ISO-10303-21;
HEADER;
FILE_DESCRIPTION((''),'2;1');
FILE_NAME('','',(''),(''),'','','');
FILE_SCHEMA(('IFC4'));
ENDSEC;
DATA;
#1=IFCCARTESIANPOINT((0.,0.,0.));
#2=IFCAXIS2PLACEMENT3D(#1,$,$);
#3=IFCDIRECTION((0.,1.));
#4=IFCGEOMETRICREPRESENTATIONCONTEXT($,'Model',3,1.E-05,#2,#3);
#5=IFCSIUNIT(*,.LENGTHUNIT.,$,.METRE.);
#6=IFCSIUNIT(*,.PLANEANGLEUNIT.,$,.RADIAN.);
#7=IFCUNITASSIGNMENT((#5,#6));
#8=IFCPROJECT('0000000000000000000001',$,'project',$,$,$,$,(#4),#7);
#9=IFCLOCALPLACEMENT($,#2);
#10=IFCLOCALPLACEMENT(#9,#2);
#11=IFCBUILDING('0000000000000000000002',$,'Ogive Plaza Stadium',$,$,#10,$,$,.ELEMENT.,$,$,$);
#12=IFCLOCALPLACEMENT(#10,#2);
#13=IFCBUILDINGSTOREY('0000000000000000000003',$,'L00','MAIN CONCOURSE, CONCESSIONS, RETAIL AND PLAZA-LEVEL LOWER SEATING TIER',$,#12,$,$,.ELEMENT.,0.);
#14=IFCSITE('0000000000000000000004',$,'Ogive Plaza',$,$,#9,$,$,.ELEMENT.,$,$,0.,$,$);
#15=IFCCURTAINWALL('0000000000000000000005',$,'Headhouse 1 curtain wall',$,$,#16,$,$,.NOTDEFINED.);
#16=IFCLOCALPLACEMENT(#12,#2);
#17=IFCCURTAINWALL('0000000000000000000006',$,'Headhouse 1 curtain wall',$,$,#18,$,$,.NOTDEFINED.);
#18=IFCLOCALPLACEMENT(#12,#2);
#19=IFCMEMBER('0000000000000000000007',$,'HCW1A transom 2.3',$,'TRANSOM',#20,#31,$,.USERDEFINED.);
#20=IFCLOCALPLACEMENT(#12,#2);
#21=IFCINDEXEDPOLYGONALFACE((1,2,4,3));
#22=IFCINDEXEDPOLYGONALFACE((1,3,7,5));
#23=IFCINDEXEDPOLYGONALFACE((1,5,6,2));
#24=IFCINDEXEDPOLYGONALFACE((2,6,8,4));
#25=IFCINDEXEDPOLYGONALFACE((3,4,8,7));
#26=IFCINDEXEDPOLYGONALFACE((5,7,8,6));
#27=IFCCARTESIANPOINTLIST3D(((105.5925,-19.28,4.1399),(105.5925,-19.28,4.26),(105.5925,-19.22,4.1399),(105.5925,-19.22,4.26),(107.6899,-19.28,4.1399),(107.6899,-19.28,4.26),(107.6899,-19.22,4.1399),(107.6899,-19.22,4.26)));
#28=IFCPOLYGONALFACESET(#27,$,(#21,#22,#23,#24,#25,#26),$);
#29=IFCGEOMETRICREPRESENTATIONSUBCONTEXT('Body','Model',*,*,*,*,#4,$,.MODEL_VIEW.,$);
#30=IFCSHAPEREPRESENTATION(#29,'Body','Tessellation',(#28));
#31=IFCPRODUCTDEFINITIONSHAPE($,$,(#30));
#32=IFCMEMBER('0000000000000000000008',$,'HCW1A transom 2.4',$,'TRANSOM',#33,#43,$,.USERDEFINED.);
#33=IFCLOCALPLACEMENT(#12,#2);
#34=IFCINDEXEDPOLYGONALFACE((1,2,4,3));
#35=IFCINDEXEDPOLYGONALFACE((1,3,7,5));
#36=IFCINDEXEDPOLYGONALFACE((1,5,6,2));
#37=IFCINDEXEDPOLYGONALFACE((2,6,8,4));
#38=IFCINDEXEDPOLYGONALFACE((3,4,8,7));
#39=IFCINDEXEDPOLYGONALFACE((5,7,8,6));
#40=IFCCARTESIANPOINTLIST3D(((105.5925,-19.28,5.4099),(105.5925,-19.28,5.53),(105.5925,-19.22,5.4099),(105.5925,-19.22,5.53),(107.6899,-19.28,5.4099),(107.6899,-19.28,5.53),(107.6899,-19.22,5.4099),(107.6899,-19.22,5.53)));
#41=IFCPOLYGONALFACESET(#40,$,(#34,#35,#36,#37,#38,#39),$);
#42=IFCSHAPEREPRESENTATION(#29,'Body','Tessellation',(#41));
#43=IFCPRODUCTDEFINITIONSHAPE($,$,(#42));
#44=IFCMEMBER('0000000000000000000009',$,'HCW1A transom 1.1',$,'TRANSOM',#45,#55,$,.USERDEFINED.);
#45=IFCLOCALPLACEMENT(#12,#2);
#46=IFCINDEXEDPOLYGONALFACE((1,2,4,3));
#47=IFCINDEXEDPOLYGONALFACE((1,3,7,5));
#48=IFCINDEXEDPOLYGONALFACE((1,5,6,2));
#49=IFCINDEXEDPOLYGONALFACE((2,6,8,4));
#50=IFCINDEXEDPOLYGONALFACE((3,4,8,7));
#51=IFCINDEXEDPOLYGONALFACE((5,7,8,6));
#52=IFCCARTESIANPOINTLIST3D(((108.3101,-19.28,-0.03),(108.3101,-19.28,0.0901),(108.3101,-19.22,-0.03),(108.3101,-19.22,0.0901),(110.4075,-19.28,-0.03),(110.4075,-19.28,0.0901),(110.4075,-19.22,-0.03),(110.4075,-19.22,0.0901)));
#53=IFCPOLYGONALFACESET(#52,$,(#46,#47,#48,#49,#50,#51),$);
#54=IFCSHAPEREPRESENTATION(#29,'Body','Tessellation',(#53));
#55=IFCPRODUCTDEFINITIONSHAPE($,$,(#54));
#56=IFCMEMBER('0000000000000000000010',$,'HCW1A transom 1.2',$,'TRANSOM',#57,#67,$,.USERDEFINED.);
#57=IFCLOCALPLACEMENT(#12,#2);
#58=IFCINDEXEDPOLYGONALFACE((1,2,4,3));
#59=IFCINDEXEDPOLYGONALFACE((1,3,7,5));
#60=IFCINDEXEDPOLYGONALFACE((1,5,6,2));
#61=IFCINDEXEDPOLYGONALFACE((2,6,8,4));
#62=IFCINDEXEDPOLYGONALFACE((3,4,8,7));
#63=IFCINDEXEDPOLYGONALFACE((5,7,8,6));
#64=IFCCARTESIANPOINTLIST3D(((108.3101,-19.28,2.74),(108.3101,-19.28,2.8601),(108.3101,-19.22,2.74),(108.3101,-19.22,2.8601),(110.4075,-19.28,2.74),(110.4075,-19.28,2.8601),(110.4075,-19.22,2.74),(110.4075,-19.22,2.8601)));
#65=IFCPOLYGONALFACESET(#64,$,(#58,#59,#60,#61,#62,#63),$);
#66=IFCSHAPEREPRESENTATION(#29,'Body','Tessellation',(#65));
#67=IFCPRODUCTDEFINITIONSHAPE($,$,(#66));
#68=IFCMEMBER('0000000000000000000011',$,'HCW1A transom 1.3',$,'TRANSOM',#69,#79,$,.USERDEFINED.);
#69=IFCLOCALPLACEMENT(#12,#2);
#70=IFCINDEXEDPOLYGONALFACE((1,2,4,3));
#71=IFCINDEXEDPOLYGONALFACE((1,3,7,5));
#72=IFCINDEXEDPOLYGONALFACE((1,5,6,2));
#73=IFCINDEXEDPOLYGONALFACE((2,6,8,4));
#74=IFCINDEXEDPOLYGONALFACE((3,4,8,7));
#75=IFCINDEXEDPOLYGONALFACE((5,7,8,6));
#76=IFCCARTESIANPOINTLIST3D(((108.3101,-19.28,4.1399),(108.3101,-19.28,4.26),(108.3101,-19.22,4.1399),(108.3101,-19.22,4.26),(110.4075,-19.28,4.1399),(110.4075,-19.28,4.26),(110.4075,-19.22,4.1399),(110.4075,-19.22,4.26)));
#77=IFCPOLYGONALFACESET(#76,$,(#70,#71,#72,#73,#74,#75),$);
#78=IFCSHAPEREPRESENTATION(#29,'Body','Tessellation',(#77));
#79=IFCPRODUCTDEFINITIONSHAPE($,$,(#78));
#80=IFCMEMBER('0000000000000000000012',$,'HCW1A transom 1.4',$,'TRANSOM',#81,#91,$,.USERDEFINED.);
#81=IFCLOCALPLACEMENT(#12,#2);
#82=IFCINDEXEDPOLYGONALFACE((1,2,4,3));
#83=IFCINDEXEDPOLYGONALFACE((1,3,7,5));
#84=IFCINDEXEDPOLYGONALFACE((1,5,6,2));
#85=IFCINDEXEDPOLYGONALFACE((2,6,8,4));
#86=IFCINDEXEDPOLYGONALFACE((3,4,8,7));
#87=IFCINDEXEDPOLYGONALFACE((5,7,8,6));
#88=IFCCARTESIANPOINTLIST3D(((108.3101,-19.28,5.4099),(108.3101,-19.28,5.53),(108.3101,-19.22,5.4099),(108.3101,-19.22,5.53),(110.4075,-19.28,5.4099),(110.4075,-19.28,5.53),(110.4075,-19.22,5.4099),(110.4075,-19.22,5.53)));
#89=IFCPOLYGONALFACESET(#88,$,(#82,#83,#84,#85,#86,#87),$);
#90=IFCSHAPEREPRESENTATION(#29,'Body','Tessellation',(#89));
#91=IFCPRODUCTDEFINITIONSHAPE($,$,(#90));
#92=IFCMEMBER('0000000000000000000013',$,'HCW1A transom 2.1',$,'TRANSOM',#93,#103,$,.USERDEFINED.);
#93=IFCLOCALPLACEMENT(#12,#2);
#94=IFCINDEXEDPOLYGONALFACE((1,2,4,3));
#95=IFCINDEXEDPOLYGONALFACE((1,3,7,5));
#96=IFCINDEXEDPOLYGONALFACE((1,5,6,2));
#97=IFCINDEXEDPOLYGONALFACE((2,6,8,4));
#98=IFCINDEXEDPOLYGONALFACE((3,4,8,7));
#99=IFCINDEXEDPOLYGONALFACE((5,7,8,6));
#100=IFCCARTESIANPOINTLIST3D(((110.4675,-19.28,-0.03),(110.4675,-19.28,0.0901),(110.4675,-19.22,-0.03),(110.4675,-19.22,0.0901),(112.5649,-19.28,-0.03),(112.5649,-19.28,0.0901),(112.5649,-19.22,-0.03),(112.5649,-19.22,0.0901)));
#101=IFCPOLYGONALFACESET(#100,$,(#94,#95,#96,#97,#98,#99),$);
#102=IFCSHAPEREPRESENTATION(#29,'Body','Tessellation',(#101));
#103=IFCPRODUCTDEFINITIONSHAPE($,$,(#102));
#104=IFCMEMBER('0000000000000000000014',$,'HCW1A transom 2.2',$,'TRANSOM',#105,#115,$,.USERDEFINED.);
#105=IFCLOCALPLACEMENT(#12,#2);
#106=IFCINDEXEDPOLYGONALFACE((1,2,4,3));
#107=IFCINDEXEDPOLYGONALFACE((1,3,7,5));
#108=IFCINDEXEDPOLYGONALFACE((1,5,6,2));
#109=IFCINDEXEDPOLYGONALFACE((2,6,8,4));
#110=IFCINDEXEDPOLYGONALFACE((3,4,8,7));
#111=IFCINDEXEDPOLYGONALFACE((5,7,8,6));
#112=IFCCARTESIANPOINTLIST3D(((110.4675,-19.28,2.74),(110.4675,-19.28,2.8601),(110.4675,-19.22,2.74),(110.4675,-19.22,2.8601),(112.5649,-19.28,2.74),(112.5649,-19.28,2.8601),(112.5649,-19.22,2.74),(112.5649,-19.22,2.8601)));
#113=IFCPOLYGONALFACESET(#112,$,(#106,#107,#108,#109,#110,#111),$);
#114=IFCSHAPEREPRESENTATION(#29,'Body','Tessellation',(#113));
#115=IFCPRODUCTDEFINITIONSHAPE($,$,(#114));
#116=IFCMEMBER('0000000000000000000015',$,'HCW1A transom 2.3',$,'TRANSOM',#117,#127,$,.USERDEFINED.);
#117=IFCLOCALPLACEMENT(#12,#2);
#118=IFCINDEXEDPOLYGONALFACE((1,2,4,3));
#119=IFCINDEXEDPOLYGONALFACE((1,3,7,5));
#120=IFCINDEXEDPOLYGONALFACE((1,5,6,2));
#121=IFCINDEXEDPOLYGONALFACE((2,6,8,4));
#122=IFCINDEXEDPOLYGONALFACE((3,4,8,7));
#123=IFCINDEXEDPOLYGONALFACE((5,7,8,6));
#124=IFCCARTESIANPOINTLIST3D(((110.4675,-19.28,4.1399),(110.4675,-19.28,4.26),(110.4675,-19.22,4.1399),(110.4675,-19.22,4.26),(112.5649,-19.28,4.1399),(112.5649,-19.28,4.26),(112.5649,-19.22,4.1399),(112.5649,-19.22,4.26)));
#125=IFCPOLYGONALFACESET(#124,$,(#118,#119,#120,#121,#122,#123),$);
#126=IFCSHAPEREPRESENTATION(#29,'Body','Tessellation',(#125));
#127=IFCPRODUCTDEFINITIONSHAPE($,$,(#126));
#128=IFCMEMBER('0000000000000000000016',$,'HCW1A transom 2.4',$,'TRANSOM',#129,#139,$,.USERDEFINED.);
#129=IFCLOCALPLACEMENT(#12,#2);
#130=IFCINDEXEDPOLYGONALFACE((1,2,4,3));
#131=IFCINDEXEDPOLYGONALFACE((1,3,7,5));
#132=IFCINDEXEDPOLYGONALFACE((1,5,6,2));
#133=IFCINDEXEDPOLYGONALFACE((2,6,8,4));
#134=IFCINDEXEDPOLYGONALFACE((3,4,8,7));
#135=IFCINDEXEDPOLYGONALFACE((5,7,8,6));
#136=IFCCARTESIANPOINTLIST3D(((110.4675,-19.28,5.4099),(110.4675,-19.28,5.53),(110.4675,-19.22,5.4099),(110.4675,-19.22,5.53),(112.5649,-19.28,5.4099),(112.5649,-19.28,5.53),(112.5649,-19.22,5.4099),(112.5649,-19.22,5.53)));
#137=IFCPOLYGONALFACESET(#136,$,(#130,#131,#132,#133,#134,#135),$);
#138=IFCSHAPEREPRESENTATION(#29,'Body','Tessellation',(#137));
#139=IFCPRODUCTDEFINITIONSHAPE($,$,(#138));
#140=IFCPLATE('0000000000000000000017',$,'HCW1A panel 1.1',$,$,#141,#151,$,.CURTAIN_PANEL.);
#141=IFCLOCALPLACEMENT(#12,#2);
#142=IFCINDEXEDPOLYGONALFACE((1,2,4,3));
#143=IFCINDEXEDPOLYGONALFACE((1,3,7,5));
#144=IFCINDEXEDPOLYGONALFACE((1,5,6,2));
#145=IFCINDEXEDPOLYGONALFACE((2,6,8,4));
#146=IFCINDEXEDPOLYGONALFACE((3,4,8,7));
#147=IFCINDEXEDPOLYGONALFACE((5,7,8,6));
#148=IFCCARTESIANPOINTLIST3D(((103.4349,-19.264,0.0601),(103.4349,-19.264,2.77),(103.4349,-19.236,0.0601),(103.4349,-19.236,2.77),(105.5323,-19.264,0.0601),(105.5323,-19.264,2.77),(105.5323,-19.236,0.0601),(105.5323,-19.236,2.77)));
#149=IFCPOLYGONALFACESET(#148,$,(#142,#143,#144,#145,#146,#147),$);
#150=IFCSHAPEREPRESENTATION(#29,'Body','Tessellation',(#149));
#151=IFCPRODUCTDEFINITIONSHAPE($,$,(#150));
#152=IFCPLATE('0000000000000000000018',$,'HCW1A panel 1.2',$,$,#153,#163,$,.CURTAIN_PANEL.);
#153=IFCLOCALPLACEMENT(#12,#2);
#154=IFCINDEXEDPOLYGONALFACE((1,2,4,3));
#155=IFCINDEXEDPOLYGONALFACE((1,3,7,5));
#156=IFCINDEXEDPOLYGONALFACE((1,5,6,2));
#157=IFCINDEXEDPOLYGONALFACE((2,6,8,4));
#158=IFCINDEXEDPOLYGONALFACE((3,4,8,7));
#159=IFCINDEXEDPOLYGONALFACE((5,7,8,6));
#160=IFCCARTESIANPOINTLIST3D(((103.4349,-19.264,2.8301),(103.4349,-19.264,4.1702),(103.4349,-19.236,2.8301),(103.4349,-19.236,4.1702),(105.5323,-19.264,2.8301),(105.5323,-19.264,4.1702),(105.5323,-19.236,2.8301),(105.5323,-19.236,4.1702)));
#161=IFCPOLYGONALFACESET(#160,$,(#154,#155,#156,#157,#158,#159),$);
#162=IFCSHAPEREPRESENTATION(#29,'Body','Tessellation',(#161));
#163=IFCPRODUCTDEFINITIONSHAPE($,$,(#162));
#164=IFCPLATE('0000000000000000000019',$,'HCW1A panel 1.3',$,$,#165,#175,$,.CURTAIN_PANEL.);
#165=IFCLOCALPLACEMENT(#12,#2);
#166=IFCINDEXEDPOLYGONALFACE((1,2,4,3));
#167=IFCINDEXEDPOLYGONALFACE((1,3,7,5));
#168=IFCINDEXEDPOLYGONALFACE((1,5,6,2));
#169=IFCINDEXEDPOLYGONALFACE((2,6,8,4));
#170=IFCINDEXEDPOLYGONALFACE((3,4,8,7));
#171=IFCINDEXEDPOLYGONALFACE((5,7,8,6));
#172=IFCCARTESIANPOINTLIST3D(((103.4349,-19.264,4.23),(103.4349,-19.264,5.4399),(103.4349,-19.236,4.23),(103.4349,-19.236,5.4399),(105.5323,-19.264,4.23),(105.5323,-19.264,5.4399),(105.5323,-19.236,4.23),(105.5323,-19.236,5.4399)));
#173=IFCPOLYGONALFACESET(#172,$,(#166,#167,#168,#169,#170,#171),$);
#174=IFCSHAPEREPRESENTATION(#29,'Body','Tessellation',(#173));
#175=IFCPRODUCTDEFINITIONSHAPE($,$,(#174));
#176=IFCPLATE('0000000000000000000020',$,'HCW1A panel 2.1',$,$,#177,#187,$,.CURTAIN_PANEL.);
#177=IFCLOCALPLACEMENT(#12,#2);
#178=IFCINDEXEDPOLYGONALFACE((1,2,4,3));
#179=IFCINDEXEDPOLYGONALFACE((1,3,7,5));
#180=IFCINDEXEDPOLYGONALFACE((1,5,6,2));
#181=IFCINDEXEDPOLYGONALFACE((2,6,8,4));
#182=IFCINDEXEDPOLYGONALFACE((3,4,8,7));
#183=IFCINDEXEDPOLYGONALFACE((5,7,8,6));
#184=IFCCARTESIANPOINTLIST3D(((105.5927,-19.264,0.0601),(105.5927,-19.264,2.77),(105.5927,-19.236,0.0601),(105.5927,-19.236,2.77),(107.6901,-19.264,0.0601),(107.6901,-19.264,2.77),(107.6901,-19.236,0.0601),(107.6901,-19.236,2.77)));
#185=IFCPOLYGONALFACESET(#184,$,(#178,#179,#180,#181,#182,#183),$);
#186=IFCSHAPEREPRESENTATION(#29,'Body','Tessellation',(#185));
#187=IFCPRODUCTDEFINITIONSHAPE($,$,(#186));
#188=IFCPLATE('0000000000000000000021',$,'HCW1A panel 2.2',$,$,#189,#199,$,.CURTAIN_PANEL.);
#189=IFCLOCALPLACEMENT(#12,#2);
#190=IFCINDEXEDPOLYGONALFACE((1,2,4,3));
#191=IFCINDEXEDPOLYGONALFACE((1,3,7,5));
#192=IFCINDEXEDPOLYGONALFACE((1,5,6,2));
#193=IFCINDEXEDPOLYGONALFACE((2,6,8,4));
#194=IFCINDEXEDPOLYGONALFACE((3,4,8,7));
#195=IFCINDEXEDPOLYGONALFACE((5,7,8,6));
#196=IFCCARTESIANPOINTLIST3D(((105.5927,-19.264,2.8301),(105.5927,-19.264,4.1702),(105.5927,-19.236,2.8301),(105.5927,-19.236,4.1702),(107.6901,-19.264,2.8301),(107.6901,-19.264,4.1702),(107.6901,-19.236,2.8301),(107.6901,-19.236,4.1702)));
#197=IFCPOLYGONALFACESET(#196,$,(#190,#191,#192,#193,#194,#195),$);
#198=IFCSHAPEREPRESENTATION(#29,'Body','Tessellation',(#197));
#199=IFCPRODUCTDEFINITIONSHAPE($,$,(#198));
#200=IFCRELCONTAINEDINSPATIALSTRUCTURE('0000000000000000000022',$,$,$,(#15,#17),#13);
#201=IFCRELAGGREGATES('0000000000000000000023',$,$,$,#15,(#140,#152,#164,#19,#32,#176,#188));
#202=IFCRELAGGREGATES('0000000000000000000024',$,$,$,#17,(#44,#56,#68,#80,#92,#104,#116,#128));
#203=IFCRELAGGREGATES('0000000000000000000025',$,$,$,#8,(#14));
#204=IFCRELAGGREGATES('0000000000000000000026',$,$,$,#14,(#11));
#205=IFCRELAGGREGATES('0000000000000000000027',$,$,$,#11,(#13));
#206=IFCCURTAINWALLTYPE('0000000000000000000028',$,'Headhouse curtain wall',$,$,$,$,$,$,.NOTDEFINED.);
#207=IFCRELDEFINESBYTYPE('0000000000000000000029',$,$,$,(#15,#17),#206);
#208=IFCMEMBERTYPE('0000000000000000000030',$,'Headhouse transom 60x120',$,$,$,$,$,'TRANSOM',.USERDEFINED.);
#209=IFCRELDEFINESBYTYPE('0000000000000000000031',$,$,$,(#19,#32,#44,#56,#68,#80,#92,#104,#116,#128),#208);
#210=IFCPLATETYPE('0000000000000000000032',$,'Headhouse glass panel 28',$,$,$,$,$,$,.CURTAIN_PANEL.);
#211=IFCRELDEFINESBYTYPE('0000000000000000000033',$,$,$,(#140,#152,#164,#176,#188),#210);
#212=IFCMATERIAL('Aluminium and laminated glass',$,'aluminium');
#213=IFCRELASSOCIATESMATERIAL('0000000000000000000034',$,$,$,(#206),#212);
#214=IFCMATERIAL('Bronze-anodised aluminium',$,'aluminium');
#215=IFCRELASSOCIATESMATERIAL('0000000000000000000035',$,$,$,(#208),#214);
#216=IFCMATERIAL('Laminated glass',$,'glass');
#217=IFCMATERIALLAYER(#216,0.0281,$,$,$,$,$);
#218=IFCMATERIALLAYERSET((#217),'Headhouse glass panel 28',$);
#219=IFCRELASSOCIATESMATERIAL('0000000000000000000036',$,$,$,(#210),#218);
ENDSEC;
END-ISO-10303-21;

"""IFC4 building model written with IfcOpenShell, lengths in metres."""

from ifc_helpers import new_model, si_unit, direction, frame, origin, origin_2d, place, context, subcontext, project, spatial, rectangle, extrude, material, layer, layer_set, material_profile, profile_set, type_object, element, aggregate, save


model = new_model("IFC4")

# Units and contexts
model_context = context("Model", 3, precision=1e-05, world=origin(), true_north=direction((0.0, 1.0)))
body_context = subcontext(model_context, "Body", "Model", "MODEL_VIEW")
ifc_project = project(units=[si_unit("LENGTHUNIT", "METRE"), si_unit("PLANEANGLEUNIT", "RADIAN")], contexts=[model_context])

# Site, building, storey
site_placement = place(None, origin())
site = spatial("IfcSite", under=ifc_project, at=site_placement, Name="Ogive Plaza", CompositionType="ELEMENT", RefElevation=0.0)
building_placement = place(site_placement, origin())
building = spatial("IfcBuilding", under=site, at=building_placement, Name="Ogive Plaza Stadium", CompositionType="ELEMENT")
storey_placement = place(building_placement, origin())
storey = spatial("IfcBuildingStorey", under=building, at=storey_placement, Name="L00", Description="MAIN CONCOURSE, CONCESSIONS, RETAIL AND PLAZA-LEVEL LOWER SEATING TIER", CompositionType="ELEMENT", Elevation=0.0)

# Curtain walls
ifc_material_1 = material(Name="Aluminium and laminated glass", Category="aluminium")
curtain_wall_type = type_object("IfcCurtainWallType", Name="Headhouse curtain wall", PredefinedType="NOTDEFINED", material=ifc_material_1)
curtain_wall_1_placement = place(storey_placement, origin())
curtain_wall_1 = element("IfcCurtainWall", 1, at=curtain_wall_1_placement, inside=storey, type_object=curtain_wall_type, Name="Headhouse 1 curtain wall", PredefinedType="NOTDEFINED")
curtain_wall_2_placement = place(storey_placement, origin())
curtain_wall_2 = element("IfcCurtainWall", 2, at=curtain_wall_2_placement, inside=storey, type_object=curtain_wall_type, Name="Headhouse 1 curtain wall", PredefinedType="NOTDEFINED")

# Members
ifc_material_2 = material(Name="Bronze-anodised aluminium", Category="aluminium")
ifc_material_profile_1 = material_profile(ifc_material_2, rectangle(XDim=0.0601, YDim=0.1201, at=origin_2d()), Name="Headhouse transom 60x120")
ifc_profile_set_1 = profile_set([ifc_material_profile_1], Name="Bronze-anodised aluminium")
member_type_1 = type_object("IfcMemberType", Name="Headhouse transom 60x120", ElementType="TRANSOM", PredefinedType="USERDEFINED", material=ifc_profile_set_1)
member_1_placement = place(storey_placement, frame((105.5925, -19.25, 4.2), z_axis=(1.0, 0.0, 0.0), x_axis=(0.0, 1.0, 0.0)))
member_1 = element("IfcMember", 3, at=member_1_placement, type_object=member_type_1, Name="HCW1A transom 2.3", ObjectType="TRANSOM", PredefinedType="USERDEFINED", context=body_context, shape_type="SweptSolid", body=[
    extrude(rectangle(XDim=0.0601, YDim=0.1201, at=origin_2d()), origin(), (0.0, 0.0, 1.0), 2.0974),
])
member_2_placement = place(storey_placement, frame((105.5925, -19.25, 5.47), z_axis=(1.0, 0.0, 0.0), x_axis=(0.0, 1.0, 0.0)))
member_2 = element("IfcMember", 4, at=member_2_placement, type_object=member_type_1, Name="HCW1A transom 2.4", ObjectType="TRANSOM", PredefinedType="USERDEFINED", context=body_context, shape_type="SweptSolid", body=[
    extrude(rectangle(XDim=0.0601, YDim=0.1201, at=origin_2d()), origin(), (0.0, 0.0, 1.0), 2.0974),
])
member_3_placement = place(storey_placement, frame((108.3101, -19.25, 0.03), z_axis=(1.0, 0.0, 0.0), x_axis=(0.0, 1.0, 0.0)))
member_3 = element("IfcMember", 5, at=member_3_placement, type_object=member_type_1, Name="HCW1A transom 1.1", ObjectType="TRANSOM", PredefinedType="USERDEFINED", context=body_context, shape_type="SweptSolid", body=[
    extrude(rectangle(XDim=0.0601, YDim=0.1201, at=origin_2d()), origin(), (0.0, 0.0, 1.0), 2.0974),
])
member_4_placement = place(storey_placement, frame((108.3101, -19.25, 2.8), z_axis=(1.0, 0.0, 0.0), x_axis=(0.0, 1.0, 0.0)))
member_4 = element("IfcMember", 6, at=member_4_placement, type_object=member_type_1, Name="HCW1A transom 1.2", ObjectType="TRANSOM", PredefinedType="USERDEFINED", context=body_context, shape_type="SweptSolid", body=[
    extrude(rectangle(XDim=0.0601, YDim=0.1201, at=origin_2d()), origin(), (0.0, 0.0, 1.0), 2.0974),
])
member_5_placement = place(storey_placement, frame((108.3101, -19.25, 4.2), z_axis=(1.0, 0.0, 0.0), x_axis=(0.0, 1.0, 0.0)))
member_5 = element("IfcMember", 7, at=member_5_placement, type_object=member_type_1, Name="HCW1A transom 1.3", ObjectType="TRANSOM", PredefinedType="USERDEFINED", context=body_context, shape_type="SweptSolid", body=[
    extrude(rectangle(XDim=0.0601, YDim=0.1201, at=origin_2d()), origin(), (0.0, 0.0, 1.0), 2.0974),
])
member_6_placement = place(storey_placement, frame((108.3101, -19.25, 5.47), z_axis=(1.0, 0.0, 0.0), x_axis=(0.0, 1.0, 0.0)))
member_6 = element("IfcMember", 8, at=member_6_placement, type_object=member_type_1, Name="HCW1A transom 1.4", ObjectType="TRANSOM", PredefinedType="USERDEFINED", context=body_context, shape_type="SweptSolid", body=[
    extrude(rectangle(XDim=0.0601, YDim=0.1201, at=origin_2d()), origin(), (0.0, 0.0, 1.0), 2.0974),
])
member_7_placement = place(storey_placement, frame((110.4675, -19.25, 0.03), z_axis=(1.0, 0.0, 0.0), x_axis=(0.0, 1.0, 0.0)))
member_7 = element("IfcMember", 9, at=member_7_placement, type_object=member_type_1, Name="HCW1A transom 2.1", ObjectType="TRANSOM", PredefinedType="USERDEFINED", context=body_context, shape_type="SweptSolid", body=[
    extrude(rectangle(XDim=0.0601, YDim=0.1201, at=origin_2d()), origin(), (0.0, 0.0, 1.0), 2.0974),
])
member_8_placement = place(storey_placement, frame((110.4675, -19.25, 2.8), z_axis=(1.0, 0.0, 0.0), x_axis=(0.0, 1.0, 0.0)))
member_8 = element("IfcMember", 10, at=member_8_placement, type_object=member_type_1, Name="HCW1A transom 2.2", ObjectType="TRANSOM", PredefinedType="USERDEFINED", context=body_context, shape_type="SweptSolid", body=[
    extrude(rectangle(XDim=0.0601, YDim=0.1201, at=origin_2d()), origin(), (0.0, 0.0, 1.0), 2.0974),
])
member_9_placement = place(storey_placement, frame((110.4675, -19.25, 4.2), z_axis=(1.0, 0.0, 0.0), x_axis=(0.0, 1.0, 0.0)))
member_9 = element("IfcMember", 11, at=member_9_placement, type_object=member_type_1, Name="HCW1A transom 2.3", ObjectType="TRANSOM", PredefinedType="USERDEFINED", context=body_context, shape_type="SweptSolid", body=[
    extrude(rectangle(XDim=0.0601, YDim=0.1201, at=origin_2d()), origin(), (0.0, 0.0, 1.0), 2.0974),
])
member_10_placement = place(storey_placement, frame((110.4675, -19.25, 5.47), z_axis=(1.0, 0.0, 0.0), x_axis=(0.0, 1.0, 0.0)))
member_10 = element("IfcMember", 12, at=member_10_placement, type_object=member_type_1, Name="HCW1A transom 2.4", ObjectType="TRANSOM", PredefinedType="USERDEFINED", context=body_context, shape_type="SweptSolid", body=[
    extrude(rectangle(XDim=0.0601, YDim=0.1201, at=origin_2d()), origin(), (0.0, 0.0, 1.0), 2.0974),
])

# Plates
ifc_material_3 = material(Name="Laminated glass", Category="glass")
ifc_layer = layer(ifc_material_3, 0.0281)
ifc_layer_set = layer_set([ifc_layer], Name="Headhouse glass panel 28")
plate_type = type_object("IfcPlateType", Name="Headhouse glass panel 28", PredefinedType="CURTAIN_PANEL", material=ifc_layer_set)
plate_1_placement = place(storey_placement, frame((104.4836, -19.25, 0.0601), z_axis=(0.0, 0.0, 1.0), x_axis=(1.0, 0.0, 0.0)))
plate_1 = element("IfcPlate", 13, at=plate_1_placement, type_object=plate_type, Name="HCW1A panel 1.1", PredefinedType="CURTAIN_PANEL", context=body_context, shape_type="SweptSolid", body=[
    extrude(rectangle(XDim=2.0974, YDim=0.0281, at=origin_2d()), origin(), (0.0, 0.0, 1.0), 2.71),
])
plate_2_placement = place(storey_placement, frame((104.4836, -19.25, 2.8301), z_axis=(0.0, 0.0, 1.0), x_axis=(1.0, 0.0, 0.0)))
plate_2 = element("IfcPlate", 14, at=plate_2_placement, type_object=plate_type, Name="HCW1A panel 1.2", PredefinedType="CURTAIN_PANEL", context=body_context, shape_type="SweptSolid", body=[
    extrude(rectangle(XDim=2.0974, YDim=0.0281, at=origin_2d()), origin(), (0.0, 0.0, 1.0), 1.3401),
])
plate_3_placement = place(storey_placement, frame((104.4836, -19.25, 4.23), z_axis=(0.0, 0.0, 1.0), x_axis=(1.0, 0.0, 0.0)))
plate_3 = element("IfcPlate", 15, at=plate_3_placement, type_object=plate_type, Name="HCW1A panel 1.3", PredefinedType="CURTAIN_PANEL", context=body_context, shape_type="SweptSolid", body=[
    extrude(rectangle(XDim=2.0974, YDim=0.0281, at=origin_2d()), origin(), (0.0, 0.0, 1.0), 1.21),
])
plate_4_placement = place(storey_placement, frame((106.6414, -19.25, 0.0601), z_axis=(0.0, 0.0, 1.0), x_axis=(1.0, 0.0, 0.0)))
plate_4 = element("IfcPlate", 16, at=plate_4_placement, type_object=plate_type, Name="HCW1A panel 2.1", PredefinedType="CURTAIN_PANEL", context=body_context, shape_type="SweptSolid", body=[
    extrude(rectangle(XDim=2.0974, YDim=0.0281, at=origin_2d()), origin(), (0.0, 0.0, 1.0), 2.71),
])
plate_5_placement = place(storey_placement, frame((106.6414, -19.25, 2.8301), z_axis=(0.0, 0.0, 1.0), x_axis=(1.0, 0.0, 0.0)))
plate_5 = element("IfcPlate", 17, at=plate_5_placement, type_object=plate_type, Name="HCW1A panel 2.2", PredefinedType="CURTAIN_PANEL", context=body_context, shape_type="SweptSolid", body=[
    extrude(rectangle(XDim=2.0974, YDim=0.0281, at=origin_2d()), origin(), (0.0, 0.0, 1.0), 1.3401),
])
aggregate(curtain_wall_1, [plate_1, plate_2, plate_3, member_1, member_2, plate_4, plate_5])
aggregate(curtain_wall_2, [member_3, member_4, member_5, member_6, member_7, member_8, member_9, member_10])

save(model, "model.ifc")
